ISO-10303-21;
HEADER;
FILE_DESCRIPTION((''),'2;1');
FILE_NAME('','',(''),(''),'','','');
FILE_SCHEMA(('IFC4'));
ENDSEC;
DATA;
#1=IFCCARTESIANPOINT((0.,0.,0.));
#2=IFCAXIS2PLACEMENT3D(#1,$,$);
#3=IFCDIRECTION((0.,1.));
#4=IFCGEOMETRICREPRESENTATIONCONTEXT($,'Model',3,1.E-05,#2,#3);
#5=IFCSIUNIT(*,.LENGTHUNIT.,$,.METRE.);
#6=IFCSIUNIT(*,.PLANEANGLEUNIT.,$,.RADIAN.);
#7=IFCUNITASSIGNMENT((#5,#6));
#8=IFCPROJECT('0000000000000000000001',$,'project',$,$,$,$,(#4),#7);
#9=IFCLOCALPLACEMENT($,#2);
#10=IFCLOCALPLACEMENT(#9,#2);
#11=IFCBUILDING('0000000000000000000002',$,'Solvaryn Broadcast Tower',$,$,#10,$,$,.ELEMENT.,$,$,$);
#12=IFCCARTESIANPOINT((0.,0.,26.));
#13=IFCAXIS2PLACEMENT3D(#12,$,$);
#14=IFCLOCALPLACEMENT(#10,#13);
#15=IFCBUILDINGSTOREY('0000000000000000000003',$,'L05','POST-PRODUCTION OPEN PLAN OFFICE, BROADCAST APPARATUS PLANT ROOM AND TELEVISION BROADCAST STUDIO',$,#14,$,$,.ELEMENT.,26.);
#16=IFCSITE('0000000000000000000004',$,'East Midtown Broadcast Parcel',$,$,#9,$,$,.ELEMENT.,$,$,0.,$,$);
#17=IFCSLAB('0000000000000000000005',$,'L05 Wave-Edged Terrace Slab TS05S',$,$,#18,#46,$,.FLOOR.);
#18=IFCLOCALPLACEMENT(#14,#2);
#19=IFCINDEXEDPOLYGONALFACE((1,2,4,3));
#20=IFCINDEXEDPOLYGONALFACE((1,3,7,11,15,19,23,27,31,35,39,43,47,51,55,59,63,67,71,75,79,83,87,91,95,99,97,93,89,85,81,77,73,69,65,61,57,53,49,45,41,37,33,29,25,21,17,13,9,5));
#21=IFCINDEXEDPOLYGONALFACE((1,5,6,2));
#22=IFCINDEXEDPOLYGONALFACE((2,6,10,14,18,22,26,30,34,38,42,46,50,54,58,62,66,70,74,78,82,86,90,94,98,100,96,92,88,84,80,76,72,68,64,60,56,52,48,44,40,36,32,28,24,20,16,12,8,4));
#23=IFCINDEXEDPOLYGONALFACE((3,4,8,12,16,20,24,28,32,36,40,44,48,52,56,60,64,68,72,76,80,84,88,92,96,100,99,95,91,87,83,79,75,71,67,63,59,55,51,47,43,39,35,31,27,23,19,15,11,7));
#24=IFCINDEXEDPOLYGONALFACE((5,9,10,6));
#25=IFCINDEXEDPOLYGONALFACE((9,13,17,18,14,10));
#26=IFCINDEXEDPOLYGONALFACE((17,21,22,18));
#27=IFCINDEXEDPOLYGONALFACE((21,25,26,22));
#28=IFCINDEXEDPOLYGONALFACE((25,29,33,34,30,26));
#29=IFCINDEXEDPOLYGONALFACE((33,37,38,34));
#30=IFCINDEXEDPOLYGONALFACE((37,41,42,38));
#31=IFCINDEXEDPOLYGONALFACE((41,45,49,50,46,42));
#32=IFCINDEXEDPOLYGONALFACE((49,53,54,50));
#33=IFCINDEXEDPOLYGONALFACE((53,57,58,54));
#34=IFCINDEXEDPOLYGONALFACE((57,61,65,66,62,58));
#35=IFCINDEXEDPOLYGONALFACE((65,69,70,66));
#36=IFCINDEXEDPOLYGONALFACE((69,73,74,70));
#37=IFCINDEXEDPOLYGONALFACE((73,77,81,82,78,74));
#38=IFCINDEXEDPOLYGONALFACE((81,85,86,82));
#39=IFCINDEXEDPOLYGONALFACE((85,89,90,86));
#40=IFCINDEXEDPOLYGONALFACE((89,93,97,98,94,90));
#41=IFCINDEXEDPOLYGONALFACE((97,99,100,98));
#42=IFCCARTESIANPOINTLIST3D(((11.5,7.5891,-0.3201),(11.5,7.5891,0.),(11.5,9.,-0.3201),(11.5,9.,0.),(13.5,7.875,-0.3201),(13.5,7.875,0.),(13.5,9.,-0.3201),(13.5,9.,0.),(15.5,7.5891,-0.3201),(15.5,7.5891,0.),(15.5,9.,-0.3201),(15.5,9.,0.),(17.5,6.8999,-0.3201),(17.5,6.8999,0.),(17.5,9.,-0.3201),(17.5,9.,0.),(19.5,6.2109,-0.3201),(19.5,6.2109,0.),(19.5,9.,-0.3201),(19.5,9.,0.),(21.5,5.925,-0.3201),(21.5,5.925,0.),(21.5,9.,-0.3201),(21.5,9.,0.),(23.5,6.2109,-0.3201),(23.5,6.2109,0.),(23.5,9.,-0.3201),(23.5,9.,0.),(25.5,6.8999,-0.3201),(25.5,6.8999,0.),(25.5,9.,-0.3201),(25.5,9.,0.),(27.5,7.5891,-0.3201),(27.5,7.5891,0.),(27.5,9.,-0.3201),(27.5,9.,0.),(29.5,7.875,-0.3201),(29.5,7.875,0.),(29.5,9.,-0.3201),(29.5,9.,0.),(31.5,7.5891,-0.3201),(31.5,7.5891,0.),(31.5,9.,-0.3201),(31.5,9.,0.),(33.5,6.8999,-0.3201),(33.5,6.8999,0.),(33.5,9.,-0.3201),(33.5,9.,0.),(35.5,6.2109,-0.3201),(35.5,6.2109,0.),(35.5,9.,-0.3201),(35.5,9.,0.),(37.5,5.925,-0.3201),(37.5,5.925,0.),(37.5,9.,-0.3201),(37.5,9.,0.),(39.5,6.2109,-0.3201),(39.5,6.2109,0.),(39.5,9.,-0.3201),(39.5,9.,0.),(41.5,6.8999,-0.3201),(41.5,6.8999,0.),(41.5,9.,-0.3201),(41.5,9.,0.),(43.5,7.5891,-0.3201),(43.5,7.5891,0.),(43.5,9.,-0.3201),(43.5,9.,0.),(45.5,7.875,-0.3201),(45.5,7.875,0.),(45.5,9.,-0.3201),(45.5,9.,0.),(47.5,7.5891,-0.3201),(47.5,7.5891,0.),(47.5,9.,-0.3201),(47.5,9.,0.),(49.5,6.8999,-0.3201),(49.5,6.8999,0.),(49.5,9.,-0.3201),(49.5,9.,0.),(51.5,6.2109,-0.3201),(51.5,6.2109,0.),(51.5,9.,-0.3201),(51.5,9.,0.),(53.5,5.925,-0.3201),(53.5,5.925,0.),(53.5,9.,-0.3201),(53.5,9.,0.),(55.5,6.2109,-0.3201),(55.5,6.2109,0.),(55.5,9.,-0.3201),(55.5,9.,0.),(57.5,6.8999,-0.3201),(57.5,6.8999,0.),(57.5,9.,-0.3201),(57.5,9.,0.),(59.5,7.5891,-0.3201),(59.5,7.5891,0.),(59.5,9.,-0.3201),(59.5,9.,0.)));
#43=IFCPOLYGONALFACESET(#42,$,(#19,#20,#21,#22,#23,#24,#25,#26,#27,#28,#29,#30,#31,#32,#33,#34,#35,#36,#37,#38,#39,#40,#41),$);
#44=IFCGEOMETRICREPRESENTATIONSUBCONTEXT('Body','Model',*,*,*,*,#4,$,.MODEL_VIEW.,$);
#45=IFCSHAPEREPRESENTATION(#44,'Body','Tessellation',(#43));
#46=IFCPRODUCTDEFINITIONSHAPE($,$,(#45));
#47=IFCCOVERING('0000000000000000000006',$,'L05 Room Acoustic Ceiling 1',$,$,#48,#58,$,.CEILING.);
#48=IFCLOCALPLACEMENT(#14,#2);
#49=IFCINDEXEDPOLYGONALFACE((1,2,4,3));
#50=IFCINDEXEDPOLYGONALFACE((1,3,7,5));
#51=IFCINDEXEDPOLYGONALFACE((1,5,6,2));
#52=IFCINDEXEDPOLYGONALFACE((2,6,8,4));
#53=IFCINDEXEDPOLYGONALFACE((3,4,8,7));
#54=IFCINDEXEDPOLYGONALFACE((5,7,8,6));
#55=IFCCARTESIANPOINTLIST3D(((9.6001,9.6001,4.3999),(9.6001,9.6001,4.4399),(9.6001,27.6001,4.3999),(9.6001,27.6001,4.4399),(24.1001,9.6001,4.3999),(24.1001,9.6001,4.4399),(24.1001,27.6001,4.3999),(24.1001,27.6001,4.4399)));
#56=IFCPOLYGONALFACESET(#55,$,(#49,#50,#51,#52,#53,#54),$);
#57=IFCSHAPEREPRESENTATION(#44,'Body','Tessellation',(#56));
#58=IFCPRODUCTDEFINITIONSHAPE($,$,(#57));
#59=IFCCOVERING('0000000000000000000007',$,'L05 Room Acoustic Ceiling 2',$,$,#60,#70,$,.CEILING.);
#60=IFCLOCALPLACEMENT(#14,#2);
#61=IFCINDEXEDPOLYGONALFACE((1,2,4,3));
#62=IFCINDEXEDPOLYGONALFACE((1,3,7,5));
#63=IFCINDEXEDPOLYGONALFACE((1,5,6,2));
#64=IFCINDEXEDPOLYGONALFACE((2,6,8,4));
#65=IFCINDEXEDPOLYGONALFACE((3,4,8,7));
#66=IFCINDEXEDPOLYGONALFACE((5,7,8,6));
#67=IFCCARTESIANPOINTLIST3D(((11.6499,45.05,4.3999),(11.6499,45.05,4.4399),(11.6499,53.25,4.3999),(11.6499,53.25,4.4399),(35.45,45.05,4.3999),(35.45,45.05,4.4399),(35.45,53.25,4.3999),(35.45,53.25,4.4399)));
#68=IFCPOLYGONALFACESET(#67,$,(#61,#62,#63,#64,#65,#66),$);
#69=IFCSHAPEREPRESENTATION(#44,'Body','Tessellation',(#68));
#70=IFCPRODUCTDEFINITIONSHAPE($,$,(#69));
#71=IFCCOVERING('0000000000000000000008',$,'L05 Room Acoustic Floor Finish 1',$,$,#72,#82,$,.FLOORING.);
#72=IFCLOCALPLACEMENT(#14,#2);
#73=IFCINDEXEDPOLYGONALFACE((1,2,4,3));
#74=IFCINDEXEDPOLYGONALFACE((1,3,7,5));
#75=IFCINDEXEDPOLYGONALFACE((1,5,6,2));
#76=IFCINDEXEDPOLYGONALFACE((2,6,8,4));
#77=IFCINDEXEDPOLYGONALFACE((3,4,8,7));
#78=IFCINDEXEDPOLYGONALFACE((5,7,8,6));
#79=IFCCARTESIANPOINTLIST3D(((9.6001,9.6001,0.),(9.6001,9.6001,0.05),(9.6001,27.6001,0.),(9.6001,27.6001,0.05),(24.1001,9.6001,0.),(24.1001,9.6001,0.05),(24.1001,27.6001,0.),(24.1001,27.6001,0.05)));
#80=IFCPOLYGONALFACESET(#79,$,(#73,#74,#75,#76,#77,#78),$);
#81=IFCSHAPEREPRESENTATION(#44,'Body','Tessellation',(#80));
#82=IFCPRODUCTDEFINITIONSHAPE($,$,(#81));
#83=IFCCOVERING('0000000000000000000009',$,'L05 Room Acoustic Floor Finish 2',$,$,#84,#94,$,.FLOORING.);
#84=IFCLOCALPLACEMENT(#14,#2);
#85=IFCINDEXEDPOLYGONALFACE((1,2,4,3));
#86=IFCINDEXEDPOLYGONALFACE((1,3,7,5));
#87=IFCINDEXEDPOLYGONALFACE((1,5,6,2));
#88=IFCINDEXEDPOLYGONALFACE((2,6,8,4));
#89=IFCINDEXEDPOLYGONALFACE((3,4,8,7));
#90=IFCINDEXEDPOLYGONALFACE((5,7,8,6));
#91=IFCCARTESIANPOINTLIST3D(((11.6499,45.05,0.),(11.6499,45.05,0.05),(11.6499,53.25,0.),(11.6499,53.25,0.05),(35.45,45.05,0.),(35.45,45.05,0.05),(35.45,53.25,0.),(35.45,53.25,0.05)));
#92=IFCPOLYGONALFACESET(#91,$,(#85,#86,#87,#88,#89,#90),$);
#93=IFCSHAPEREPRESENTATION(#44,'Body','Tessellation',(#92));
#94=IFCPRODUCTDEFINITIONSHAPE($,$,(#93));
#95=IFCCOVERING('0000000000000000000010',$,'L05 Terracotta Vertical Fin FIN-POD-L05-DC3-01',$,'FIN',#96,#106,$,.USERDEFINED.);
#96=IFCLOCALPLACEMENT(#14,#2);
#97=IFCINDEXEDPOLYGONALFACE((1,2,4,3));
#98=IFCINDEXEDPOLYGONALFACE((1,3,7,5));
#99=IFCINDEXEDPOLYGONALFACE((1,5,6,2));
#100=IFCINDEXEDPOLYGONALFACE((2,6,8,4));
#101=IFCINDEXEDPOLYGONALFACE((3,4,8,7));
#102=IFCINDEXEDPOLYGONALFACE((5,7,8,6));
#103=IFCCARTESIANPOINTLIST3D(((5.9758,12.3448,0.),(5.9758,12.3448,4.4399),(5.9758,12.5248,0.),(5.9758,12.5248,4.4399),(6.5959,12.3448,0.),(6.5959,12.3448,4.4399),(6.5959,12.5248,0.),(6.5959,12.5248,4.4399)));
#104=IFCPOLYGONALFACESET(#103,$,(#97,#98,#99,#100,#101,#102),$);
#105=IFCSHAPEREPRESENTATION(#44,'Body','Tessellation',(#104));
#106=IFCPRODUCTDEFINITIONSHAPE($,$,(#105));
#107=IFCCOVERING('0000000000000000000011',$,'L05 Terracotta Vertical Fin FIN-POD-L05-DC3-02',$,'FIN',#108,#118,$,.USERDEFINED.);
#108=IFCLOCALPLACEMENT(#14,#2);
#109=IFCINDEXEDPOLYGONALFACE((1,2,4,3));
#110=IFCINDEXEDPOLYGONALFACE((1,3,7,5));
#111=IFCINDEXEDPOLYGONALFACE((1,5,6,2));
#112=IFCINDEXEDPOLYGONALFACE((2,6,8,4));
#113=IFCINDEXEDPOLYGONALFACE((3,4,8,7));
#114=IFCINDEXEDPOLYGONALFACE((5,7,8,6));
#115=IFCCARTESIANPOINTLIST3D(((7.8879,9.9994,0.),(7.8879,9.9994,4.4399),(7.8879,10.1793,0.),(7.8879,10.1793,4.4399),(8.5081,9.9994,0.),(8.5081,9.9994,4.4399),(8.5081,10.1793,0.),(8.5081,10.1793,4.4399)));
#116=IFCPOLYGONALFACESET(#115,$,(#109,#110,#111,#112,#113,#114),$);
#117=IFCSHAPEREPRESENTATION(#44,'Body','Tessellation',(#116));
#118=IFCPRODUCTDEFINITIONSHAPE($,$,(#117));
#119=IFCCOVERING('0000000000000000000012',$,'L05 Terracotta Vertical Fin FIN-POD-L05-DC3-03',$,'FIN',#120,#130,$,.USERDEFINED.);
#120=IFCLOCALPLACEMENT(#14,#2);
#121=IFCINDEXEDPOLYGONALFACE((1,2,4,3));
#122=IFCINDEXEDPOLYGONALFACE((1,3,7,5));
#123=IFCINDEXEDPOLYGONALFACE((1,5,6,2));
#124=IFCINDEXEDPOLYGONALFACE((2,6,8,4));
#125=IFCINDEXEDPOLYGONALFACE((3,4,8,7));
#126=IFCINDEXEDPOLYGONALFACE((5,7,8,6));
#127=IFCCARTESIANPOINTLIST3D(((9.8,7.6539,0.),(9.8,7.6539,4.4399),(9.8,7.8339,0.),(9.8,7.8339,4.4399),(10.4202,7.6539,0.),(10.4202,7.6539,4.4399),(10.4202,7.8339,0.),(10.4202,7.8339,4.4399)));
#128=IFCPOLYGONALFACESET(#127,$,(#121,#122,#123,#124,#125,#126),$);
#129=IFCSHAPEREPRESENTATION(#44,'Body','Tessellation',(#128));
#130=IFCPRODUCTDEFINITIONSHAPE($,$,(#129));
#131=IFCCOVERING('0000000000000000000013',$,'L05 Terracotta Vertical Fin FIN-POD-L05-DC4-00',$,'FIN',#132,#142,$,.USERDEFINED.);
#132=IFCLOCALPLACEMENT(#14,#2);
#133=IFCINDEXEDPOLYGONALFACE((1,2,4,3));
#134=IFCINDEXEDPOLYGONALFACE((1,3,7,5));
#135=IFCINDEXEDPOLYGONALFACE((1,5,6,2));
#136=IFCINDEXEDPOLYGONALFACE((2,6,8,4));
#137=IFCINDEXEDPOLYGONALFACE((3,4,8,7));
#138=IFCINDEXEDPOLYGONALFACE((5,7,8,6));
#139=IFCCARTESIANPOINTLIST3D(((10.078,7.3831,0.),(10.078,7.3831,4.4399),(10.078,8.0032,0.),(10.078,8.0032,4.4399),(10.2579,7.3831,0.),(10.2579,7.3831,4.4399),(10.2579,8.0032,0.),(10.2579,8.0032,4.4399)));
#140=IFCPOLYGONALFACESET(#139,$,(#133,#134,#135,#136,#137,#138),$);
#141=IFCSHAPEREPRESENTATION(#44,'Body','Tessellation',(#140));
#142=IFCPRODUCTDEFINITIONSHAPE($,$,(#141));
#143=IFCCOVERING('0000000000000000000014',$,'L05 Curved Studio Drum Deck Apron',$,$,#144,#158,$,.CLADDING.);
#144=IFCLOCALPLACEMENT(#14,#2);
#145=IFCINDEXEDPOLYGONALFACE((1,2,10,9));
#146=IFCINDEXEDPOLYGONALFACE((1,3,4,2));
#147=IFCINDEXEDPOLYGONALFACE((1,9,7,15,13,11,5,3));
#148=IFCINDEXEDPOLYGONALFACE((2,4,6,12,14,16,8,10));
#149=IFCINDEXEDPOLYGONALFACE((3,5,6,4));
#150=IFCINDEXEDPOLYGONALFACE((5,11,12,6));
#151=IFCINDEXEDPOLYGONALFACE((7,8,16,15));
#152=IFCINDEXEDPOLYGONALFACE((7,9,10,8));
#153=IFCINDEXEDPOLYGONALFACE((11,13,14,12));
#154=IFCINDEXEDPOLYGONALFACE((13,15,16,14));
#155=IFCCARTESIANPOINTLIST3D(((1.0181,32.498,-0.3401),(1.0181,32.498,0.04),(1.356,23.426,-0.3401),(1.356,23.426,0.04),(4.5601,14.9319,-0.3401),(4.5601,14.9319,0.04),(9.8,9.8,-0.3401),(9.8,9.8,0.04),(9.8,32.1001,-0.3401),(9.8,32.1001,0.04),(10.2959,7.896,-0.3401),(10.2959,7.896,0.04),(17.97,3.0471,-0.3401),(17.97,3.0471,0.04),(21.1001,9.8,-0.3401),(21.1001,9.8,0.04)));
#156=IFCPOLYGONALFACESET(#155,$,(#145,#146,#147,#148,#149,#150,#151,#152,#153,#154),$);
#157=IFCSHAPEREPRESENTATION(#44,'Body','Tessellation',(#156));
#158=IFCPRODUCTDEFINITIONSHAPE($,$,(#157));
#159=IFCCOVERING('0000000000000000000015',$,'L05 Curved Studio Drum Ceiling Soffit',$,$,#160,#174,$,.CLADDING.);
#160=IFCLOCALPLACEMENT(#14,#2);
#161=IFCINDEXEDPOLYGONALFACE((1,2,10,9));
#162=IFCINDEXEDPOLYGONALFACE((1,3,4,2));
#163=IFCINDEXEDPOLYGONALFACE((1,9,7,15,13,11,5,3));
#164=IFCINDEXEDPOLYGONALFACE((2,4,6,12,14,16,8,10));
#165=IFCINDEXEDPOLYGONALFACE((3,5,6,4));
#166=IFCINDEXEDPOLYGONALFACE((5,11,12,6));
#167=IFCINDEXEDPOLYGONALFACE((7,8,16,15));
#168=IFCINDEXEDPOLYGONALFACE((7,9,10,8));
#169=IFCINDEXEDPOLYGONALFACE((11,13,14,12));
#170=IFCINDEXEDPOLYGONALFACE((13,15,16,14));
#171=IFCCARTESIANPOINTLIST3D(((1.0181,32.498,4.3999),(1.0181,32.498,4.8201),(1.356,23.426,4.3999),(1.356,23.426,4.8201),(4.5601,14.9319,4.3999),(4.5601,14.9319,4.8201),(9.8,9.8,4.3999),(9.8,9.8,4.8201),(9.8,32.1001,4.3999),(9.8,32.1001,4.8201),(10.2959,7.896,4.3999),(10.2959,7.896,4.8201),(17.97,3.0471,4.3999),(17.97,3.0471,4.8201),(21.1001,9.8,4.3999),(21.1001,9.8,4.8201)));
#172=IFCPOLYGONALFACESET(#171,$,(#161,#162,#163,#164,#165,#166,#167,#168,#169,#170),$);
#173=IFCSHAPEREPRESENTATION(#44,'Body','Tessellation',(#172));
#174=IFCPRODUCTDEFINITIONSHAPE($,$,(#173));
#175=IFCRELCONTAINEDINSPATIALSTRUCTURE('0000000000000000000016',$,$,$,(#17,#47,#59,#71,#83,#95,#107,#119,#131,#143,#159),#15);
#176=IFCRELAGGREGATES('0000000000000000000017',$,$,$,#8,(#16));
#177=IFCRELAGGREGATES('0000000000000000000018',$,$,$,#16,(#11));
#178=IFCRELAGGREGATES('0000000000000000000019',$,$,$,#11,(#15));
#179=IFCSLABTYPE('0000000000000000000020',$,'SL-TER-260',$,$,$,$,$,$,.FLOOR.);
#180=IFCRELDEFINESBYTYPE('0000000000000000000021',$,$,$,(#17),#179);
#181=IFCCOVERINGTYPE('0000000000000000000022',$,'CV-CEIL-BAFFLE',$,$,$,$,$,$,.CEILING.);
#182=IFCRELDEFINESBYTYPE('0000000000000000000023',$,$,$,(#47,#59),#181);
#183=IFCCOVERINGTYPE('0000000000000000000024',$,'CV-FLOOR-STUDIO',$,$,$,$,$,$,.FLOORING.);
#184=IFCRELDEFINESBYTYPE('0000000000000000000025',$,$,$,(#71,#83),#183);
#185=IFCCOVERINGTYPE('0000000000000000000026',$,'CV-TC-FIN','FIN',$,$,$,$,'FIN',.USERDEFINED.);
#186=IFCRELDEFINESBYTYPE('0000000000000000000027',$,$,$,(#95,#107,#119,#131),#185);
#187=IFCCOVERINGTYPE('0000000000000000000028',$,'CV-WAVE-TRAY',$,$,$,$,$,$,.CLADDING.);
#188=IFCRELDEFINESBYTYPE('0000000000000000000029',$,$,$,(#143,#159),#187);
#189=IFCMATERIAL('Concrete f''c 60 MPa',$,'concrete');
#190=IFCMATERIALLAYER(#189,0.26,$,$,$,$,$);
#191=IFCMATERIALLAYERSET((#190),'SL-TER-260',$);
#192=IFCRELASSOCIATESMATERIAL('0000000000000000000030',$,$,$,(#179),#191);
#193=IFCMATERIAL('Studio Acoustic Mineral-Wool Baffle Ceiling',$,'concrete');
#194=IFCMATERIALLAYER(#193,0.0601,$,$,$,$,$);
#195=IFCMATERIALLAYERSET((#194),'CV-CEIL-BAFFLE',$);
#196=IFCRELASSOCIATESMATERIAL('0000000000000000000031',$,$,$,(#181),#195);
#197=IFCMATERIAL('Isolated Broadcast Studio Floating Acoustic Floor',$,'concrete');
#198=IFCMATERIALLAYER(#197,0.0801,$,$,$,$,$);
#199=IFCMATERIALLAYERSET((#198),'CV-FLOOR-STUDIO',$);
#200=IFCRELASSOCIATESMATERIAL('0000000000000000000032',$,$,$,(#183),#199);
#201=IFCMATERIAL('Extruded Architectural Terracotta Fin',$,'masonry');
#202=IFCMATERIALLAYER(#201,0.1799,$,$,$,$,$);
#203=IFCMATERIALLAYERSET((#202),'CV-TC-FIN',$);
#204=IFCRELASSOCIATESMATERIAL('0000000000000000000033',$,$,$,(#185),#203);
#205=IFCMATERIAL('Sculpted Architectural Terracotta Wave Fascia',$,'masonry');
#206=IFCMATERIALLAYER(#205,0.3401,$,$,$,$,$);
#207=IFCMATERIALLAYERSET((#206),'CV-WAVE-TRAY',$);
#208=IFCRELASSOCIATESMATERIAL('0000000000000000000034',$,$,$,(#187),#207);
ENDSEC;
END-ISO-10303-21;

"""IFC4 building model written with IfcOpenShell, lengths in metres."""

from ifc_helpers import new_model, si_unit, direction, frame, origin, origin_2d, place, context, subcontext, project, spatial, polyline, rectangle, outline, extrude, material, layer, layer_set, type_object, element, save


model = new_model("IFC4")

# Units and contexts
model_context = context("Model", 3, precision=1e-05, world=origin(), true_north=direction((0.0, 1.0)))
body_context = subcontext(model_context, "Body", "Model", "MODEL_VIEW")
ifc_project = project(units=[si_unit("LENGTHUNIT", "METRE"), si_unit("PLANEANGLEUNIT", "RADIAN")], contexts=[model_context])

# Site, building, storey
site_placement = place(None, origin())
site = spatial("IfcSite", under=ifc_project, at=site_placement, Name="East Midtown Broadcast Parcel", CompositionType="ELEMENT", RefElevation=0.0)
building_placement = place(site_placement, origin())
building = spatial("IfcBuilding", under=site, at=building_placement, Name="Solvaryn Broadcast Tower", CompositionType="ELEMENT")
storey_placement = place(building_placement, frame((0.0, 0.0, 26.0)))
storey = spatial("IfcBuildingStorey", under=building, at=storey_placement, Name="L05", Description="POST-PRODUCTION OPEN PLAN OFFICE, BROADCAST APPARATUS PLANT ROOM AND TELEVISION BROADCAST STUDIO", CompositionType="ELEMENT", Elevation=26.0)

# Slab
ifc_material_1 = material(Name="Concrete f'c 60 MPa", Category="concrete")
ifc_layer_1 = layer(ifc_material_1, 0.26)
ifc_layer_set_1 = layer_set([ifc_layer_1], Name="SL-TER-260")
slab_type_1 = type_object("IfcSlabType", Name="SL-TER-260", PredefinedType="FLOOR", material=ifc_layer_set_1)
slab_1_placement = place(storey_placement, frame((0.0, 0.0, -0.3201)))
element("IfcSlab", 1, at=slab_1_placement, inside=storey, type_object=slab_type_1, Name="L05 Wave-Edged Terrace Slab TS05S", PredefinedType="FLOOR", context=body_context, shape_type="SweptSolid", body=[
    extrude(outline(polyline([(11.5, 7.5891), (13.5, 7.875), (15.5, 7.5891), (17.5, 6.8999), (19.5, 6.2109), (21.5, 5.925), (23.5, 6.2109), (25.5, 6.8999), (27.5, 7.5891), (29.5, 7.875), (31.5, 7.5891), (33.5, 6.8999), (35.5, 6.2109), (37.5, 5.925), (39.5, 6.2109), (41.5, 6.8999), (43.5, 7.5891), (45.5, 7.875), (47.5, 7.5891), (49.5, 6.8999), (51.5, 6.2109), (53.5, 5.925), (55.5, 6.2109), (57.5, 6.8999), (59.5, 7.5891), (59.5, 9.0), (57.5, 9.0), (55.5, 9.0), (53.5, 9.0), (51.5, 9.0), (49.5, 9.0), (47.5, 9.0), (45.5, 9.0), (43.5, 9.0), (41.5, 9.0), (39.5, 9.0), (37.5, 9.0), (35.5, 9.0), (33.5, 9.0), (31.5, 9.0), (29.5, 9.0), (27.5, 9.0), (25.5, 9.0), (23.5, 9.0), (21.5, 9.0), (19.5, 9.0), (17.5, 9.0), (15.5, 9.0), (13.5, 9.0), (11.5, 9.0), (11.5, 7.5891)])), origin(), (0.0, 0.0, 1.0), 0.3201),
])

# Coverings
ifc_material_2 = material(Name="Studio Acoustic Mineral-Wool Baffle Ceiling", Category="concrete")
ifc_layer_2 = layer(ifc_material_2, 0.0601)
ifc_layer_set_2 = layer_set([ifc_layer_2], Name="CV-CEIL-BAFFLE")
covering_type_1 = type_object("IfcCoveringType", Name="CV-CEIL-BAFFLE", PredefinedType="CEILING", material=ifc_layer_set_2)
covering_1_placement = place(storey_placement, frame((0.0, 0.0, 4.3999)))
element("IfcCovering", 2, at=covering_1_placement, inside=storey, type_object=covering_type_1, Name="L05 Room Acoustic Ceiling 1", PredefinedType="CEILING", context=body_context, shape_type="SweptSolid", body=[
    extrude(outline(polyline([(9.6001, 9.6001), (24.1001, 9.6001), (24.1001, 27.6001), (9.6001, 27.6001), (9.6001, 9.6001)])), origin(), (0.0, 0.0, 1.0), 0.04),
])
covering_2_placement = place(storey_placement, frame((0.0, 0.0, 4.3999)))
element("IfcCovering", 3, at=covering_2_placement, inside=storey, type_object=covering_type_1, Name="L05 Room Acoustic Ceiling 2", PredefinedType="CEILING", context=body_context, shape_type="SweptSolid", body=[
    extrude(outline(polyline([(11.6499, 45.05), (35.45, 45.05), (35.45, 53.25), (11.6499, 53.25), (11.6499, 45.05)])), origin(), (0.0, 0.0, 1.0), 0.04),
])
ifc_material_3 = material(Name="Isolated Broadcast Studio Floating Acoustic Floor", Category="concrete")
ifc_layer_3 = layer(ifc_material_3, 0.0801)
ifc_layer_set_3 = layer_set([ifc_layer_3], Name="CV-FLOOR-STUDIO")
covering_type_2 = type_object("IfcCoveringType", Name="CV-FLOOR-STUDIO", PredefinedType="FLOORING", material=ifc_layer_set_3)
covering_3_placement = place(storey_placement, origin())
element("IfcCovering", 4, at=covering_3_placement, inside=storey, type_object=covering_type_2, Name="L05 Room Acoustic Floor Finish 1", PredefinedType="FLOORING", context=body_context, shape_type="SweptSolid", body=[
    extrude(outline(polyline([(9.6001, 9.6001), (24.1001, 9.6001), (24.1001, 27.6001), (9.6001, 27.6001), (9.6001, 9.6001)])), origin(), (0.0, 0.0, 1.0), 0.05),
])
covering_4_placement = place(storey_placement, origin())
element("IfcCovering", 5, at=covering_4_placement, inside=storey, type_object=covering_type_2, Name="L05 Room Acoustic Floor Finish 2", PredefinedType="FLOORING", context=body_context, shape_type="SweptSolid", body=[
    extrude(outline(polyline([(11.6499, 45.05), (35.45, 45.05), (35.45, 53.25), (11.6499, 53.25), (11.6499, 45.05)])), origin(), (0.0, 0.0, 1.0), 0.05),
])
ifc_material_4 = material(Name="Extruded Architectural Terracotta Fin", Category="masonry")
ifc_layer_4 = layer(ifc_material_4, 0.1799)
ifc_layer_set_4 = layer_set([ifc_layer_4], Name="CV-TC-FIN")
covering_type_3 = type_object("IfcCoveringType", Name="CV-TC-FIN", Description="FIN", ElementType="FIN", PredefinedType="USERDEFINED", material=ifc_layer_set_4)
for number, where, z_axis, x_axis, name in (
    (6, (6.2859, 12.4348, 0.0), (0.0, 0.0, 1.0), (1.0, 0.0, 0.0), "L05 Terracotta Vertical Fin FIN-POD-L05-DC3-01"),
    (7, (8.198, 10.0894, 0.0), (0.0, 0.0, 1.0), (1.0, 0.0, 0.0), "L05 Terracotta Vertical Fin FIN-POD-L05-DC3-02"),
    (8, (10.1101, 7.7439, 0.0), (0.0, 0.0, 1.0), (1.0, 0.0, 0.0), "L05 Terracotta Vertical Fin FIN-POD-L05-DC3-03"),
):
    element("IfcCovering", number, at=place(storey_placement, frame(where, z_axis=z_axis, x_axis=x_axis)), inside=storey, type_object=covering_type_3, Name=name, ObjectType="FIN", PredefinedType="USERDEFINED", context=body_context, shape_type="SweptSolid", body=[
        extrude(rectangle(XDim=0.6201, YDim=0.1799, at=origin_2d()), origin(), (0.0, 0.0, 1.0), 4.4399),
    ])
covering_5_placement = place(storey_placement, frame((10.168, 7.6931, 0.0), z_axis=(0.0, 0.0, 1.0), x_axis=(1.0, 0.0, 0.0)))
element("IfcCovering", 9, at=covering_5_placement, inside=storey, type_object=covering_type_3, Name="L05 Terracotta Vertical Fin FIN-POD-L05-DC4-00", ObjectType="FIN", PredefinedType="USERDEFINED", context=body_context, shape_type="SweptSolid", body=[
    extrude(rectangle(XDim=0.1799, YDim=0.6201, at=origin_2d()), origin(), (0.0, 0.0, 1.0), 4.4399),
])
ifc_material_5 = material(Name="Sculpted Architectural Terracotta Wave Fascia", Category="masonry")
ifc_layer_5 = layer(ifc_material_5, 0.3401)
ifc_layer_set_5 = layer_set([ifc_layer_5], Name="CV-WAVE-TRAY")
covering_type_4 = type_object("IfcCoveringType", Name="CV-WAVE-TRAY", PredefinedType="CLADDING", material=ifc_layer_set_5)
covering_6_placement = place(storey_placement, frame((0.0, 0.0, -0.3401)))
element("IfcCovering", 10, at=covering_6_placement, inside=storey, type_object=covering_type_4, Name="L05 Curved Studio Drum Deck Apron", PredefinedType="CLADDING", context=body_context, shape_type="SweptSolid", body=[
    extrude(outline(polyline([(9.8, 32.1001), (1.0181, 32.498), (1.356, 23.426), (4.5601, 14.9319), (10.2959, 7.896), (17.97, 3.0471), (21.1001, 9.8), (9.8, 9.8), (9.8, 32.1001)])), origin(), (0.0, 0.0, 1.0), 0.3801),
])
covering_7_placement = place(storey_placement, frame((0.0, 0.0, 4.3999)))
element("IfcCovering", 11, at=covering_7_placement, inside=storey, type_object=covering_type_4, Name="L05 Curved Studio Drum Ceiling Soffit", PredefinedType="CLADDING", context=body_context, shape_type="SweptSolid", body=[
    extrude(outline(polyline([(9.8, 32.1001), (1.0181, 32.498), (1.356, 23.426), (4.5601, 14.9319), (10.2959, 7.896), (17.97, 3.0471), (21.1001, 9.8), (9.8, 9.8), (9.8, 32.1001)])), origin(), (0.0, 0.0, 1.0), 0.4202),
])

save(model, "model.ifc")
